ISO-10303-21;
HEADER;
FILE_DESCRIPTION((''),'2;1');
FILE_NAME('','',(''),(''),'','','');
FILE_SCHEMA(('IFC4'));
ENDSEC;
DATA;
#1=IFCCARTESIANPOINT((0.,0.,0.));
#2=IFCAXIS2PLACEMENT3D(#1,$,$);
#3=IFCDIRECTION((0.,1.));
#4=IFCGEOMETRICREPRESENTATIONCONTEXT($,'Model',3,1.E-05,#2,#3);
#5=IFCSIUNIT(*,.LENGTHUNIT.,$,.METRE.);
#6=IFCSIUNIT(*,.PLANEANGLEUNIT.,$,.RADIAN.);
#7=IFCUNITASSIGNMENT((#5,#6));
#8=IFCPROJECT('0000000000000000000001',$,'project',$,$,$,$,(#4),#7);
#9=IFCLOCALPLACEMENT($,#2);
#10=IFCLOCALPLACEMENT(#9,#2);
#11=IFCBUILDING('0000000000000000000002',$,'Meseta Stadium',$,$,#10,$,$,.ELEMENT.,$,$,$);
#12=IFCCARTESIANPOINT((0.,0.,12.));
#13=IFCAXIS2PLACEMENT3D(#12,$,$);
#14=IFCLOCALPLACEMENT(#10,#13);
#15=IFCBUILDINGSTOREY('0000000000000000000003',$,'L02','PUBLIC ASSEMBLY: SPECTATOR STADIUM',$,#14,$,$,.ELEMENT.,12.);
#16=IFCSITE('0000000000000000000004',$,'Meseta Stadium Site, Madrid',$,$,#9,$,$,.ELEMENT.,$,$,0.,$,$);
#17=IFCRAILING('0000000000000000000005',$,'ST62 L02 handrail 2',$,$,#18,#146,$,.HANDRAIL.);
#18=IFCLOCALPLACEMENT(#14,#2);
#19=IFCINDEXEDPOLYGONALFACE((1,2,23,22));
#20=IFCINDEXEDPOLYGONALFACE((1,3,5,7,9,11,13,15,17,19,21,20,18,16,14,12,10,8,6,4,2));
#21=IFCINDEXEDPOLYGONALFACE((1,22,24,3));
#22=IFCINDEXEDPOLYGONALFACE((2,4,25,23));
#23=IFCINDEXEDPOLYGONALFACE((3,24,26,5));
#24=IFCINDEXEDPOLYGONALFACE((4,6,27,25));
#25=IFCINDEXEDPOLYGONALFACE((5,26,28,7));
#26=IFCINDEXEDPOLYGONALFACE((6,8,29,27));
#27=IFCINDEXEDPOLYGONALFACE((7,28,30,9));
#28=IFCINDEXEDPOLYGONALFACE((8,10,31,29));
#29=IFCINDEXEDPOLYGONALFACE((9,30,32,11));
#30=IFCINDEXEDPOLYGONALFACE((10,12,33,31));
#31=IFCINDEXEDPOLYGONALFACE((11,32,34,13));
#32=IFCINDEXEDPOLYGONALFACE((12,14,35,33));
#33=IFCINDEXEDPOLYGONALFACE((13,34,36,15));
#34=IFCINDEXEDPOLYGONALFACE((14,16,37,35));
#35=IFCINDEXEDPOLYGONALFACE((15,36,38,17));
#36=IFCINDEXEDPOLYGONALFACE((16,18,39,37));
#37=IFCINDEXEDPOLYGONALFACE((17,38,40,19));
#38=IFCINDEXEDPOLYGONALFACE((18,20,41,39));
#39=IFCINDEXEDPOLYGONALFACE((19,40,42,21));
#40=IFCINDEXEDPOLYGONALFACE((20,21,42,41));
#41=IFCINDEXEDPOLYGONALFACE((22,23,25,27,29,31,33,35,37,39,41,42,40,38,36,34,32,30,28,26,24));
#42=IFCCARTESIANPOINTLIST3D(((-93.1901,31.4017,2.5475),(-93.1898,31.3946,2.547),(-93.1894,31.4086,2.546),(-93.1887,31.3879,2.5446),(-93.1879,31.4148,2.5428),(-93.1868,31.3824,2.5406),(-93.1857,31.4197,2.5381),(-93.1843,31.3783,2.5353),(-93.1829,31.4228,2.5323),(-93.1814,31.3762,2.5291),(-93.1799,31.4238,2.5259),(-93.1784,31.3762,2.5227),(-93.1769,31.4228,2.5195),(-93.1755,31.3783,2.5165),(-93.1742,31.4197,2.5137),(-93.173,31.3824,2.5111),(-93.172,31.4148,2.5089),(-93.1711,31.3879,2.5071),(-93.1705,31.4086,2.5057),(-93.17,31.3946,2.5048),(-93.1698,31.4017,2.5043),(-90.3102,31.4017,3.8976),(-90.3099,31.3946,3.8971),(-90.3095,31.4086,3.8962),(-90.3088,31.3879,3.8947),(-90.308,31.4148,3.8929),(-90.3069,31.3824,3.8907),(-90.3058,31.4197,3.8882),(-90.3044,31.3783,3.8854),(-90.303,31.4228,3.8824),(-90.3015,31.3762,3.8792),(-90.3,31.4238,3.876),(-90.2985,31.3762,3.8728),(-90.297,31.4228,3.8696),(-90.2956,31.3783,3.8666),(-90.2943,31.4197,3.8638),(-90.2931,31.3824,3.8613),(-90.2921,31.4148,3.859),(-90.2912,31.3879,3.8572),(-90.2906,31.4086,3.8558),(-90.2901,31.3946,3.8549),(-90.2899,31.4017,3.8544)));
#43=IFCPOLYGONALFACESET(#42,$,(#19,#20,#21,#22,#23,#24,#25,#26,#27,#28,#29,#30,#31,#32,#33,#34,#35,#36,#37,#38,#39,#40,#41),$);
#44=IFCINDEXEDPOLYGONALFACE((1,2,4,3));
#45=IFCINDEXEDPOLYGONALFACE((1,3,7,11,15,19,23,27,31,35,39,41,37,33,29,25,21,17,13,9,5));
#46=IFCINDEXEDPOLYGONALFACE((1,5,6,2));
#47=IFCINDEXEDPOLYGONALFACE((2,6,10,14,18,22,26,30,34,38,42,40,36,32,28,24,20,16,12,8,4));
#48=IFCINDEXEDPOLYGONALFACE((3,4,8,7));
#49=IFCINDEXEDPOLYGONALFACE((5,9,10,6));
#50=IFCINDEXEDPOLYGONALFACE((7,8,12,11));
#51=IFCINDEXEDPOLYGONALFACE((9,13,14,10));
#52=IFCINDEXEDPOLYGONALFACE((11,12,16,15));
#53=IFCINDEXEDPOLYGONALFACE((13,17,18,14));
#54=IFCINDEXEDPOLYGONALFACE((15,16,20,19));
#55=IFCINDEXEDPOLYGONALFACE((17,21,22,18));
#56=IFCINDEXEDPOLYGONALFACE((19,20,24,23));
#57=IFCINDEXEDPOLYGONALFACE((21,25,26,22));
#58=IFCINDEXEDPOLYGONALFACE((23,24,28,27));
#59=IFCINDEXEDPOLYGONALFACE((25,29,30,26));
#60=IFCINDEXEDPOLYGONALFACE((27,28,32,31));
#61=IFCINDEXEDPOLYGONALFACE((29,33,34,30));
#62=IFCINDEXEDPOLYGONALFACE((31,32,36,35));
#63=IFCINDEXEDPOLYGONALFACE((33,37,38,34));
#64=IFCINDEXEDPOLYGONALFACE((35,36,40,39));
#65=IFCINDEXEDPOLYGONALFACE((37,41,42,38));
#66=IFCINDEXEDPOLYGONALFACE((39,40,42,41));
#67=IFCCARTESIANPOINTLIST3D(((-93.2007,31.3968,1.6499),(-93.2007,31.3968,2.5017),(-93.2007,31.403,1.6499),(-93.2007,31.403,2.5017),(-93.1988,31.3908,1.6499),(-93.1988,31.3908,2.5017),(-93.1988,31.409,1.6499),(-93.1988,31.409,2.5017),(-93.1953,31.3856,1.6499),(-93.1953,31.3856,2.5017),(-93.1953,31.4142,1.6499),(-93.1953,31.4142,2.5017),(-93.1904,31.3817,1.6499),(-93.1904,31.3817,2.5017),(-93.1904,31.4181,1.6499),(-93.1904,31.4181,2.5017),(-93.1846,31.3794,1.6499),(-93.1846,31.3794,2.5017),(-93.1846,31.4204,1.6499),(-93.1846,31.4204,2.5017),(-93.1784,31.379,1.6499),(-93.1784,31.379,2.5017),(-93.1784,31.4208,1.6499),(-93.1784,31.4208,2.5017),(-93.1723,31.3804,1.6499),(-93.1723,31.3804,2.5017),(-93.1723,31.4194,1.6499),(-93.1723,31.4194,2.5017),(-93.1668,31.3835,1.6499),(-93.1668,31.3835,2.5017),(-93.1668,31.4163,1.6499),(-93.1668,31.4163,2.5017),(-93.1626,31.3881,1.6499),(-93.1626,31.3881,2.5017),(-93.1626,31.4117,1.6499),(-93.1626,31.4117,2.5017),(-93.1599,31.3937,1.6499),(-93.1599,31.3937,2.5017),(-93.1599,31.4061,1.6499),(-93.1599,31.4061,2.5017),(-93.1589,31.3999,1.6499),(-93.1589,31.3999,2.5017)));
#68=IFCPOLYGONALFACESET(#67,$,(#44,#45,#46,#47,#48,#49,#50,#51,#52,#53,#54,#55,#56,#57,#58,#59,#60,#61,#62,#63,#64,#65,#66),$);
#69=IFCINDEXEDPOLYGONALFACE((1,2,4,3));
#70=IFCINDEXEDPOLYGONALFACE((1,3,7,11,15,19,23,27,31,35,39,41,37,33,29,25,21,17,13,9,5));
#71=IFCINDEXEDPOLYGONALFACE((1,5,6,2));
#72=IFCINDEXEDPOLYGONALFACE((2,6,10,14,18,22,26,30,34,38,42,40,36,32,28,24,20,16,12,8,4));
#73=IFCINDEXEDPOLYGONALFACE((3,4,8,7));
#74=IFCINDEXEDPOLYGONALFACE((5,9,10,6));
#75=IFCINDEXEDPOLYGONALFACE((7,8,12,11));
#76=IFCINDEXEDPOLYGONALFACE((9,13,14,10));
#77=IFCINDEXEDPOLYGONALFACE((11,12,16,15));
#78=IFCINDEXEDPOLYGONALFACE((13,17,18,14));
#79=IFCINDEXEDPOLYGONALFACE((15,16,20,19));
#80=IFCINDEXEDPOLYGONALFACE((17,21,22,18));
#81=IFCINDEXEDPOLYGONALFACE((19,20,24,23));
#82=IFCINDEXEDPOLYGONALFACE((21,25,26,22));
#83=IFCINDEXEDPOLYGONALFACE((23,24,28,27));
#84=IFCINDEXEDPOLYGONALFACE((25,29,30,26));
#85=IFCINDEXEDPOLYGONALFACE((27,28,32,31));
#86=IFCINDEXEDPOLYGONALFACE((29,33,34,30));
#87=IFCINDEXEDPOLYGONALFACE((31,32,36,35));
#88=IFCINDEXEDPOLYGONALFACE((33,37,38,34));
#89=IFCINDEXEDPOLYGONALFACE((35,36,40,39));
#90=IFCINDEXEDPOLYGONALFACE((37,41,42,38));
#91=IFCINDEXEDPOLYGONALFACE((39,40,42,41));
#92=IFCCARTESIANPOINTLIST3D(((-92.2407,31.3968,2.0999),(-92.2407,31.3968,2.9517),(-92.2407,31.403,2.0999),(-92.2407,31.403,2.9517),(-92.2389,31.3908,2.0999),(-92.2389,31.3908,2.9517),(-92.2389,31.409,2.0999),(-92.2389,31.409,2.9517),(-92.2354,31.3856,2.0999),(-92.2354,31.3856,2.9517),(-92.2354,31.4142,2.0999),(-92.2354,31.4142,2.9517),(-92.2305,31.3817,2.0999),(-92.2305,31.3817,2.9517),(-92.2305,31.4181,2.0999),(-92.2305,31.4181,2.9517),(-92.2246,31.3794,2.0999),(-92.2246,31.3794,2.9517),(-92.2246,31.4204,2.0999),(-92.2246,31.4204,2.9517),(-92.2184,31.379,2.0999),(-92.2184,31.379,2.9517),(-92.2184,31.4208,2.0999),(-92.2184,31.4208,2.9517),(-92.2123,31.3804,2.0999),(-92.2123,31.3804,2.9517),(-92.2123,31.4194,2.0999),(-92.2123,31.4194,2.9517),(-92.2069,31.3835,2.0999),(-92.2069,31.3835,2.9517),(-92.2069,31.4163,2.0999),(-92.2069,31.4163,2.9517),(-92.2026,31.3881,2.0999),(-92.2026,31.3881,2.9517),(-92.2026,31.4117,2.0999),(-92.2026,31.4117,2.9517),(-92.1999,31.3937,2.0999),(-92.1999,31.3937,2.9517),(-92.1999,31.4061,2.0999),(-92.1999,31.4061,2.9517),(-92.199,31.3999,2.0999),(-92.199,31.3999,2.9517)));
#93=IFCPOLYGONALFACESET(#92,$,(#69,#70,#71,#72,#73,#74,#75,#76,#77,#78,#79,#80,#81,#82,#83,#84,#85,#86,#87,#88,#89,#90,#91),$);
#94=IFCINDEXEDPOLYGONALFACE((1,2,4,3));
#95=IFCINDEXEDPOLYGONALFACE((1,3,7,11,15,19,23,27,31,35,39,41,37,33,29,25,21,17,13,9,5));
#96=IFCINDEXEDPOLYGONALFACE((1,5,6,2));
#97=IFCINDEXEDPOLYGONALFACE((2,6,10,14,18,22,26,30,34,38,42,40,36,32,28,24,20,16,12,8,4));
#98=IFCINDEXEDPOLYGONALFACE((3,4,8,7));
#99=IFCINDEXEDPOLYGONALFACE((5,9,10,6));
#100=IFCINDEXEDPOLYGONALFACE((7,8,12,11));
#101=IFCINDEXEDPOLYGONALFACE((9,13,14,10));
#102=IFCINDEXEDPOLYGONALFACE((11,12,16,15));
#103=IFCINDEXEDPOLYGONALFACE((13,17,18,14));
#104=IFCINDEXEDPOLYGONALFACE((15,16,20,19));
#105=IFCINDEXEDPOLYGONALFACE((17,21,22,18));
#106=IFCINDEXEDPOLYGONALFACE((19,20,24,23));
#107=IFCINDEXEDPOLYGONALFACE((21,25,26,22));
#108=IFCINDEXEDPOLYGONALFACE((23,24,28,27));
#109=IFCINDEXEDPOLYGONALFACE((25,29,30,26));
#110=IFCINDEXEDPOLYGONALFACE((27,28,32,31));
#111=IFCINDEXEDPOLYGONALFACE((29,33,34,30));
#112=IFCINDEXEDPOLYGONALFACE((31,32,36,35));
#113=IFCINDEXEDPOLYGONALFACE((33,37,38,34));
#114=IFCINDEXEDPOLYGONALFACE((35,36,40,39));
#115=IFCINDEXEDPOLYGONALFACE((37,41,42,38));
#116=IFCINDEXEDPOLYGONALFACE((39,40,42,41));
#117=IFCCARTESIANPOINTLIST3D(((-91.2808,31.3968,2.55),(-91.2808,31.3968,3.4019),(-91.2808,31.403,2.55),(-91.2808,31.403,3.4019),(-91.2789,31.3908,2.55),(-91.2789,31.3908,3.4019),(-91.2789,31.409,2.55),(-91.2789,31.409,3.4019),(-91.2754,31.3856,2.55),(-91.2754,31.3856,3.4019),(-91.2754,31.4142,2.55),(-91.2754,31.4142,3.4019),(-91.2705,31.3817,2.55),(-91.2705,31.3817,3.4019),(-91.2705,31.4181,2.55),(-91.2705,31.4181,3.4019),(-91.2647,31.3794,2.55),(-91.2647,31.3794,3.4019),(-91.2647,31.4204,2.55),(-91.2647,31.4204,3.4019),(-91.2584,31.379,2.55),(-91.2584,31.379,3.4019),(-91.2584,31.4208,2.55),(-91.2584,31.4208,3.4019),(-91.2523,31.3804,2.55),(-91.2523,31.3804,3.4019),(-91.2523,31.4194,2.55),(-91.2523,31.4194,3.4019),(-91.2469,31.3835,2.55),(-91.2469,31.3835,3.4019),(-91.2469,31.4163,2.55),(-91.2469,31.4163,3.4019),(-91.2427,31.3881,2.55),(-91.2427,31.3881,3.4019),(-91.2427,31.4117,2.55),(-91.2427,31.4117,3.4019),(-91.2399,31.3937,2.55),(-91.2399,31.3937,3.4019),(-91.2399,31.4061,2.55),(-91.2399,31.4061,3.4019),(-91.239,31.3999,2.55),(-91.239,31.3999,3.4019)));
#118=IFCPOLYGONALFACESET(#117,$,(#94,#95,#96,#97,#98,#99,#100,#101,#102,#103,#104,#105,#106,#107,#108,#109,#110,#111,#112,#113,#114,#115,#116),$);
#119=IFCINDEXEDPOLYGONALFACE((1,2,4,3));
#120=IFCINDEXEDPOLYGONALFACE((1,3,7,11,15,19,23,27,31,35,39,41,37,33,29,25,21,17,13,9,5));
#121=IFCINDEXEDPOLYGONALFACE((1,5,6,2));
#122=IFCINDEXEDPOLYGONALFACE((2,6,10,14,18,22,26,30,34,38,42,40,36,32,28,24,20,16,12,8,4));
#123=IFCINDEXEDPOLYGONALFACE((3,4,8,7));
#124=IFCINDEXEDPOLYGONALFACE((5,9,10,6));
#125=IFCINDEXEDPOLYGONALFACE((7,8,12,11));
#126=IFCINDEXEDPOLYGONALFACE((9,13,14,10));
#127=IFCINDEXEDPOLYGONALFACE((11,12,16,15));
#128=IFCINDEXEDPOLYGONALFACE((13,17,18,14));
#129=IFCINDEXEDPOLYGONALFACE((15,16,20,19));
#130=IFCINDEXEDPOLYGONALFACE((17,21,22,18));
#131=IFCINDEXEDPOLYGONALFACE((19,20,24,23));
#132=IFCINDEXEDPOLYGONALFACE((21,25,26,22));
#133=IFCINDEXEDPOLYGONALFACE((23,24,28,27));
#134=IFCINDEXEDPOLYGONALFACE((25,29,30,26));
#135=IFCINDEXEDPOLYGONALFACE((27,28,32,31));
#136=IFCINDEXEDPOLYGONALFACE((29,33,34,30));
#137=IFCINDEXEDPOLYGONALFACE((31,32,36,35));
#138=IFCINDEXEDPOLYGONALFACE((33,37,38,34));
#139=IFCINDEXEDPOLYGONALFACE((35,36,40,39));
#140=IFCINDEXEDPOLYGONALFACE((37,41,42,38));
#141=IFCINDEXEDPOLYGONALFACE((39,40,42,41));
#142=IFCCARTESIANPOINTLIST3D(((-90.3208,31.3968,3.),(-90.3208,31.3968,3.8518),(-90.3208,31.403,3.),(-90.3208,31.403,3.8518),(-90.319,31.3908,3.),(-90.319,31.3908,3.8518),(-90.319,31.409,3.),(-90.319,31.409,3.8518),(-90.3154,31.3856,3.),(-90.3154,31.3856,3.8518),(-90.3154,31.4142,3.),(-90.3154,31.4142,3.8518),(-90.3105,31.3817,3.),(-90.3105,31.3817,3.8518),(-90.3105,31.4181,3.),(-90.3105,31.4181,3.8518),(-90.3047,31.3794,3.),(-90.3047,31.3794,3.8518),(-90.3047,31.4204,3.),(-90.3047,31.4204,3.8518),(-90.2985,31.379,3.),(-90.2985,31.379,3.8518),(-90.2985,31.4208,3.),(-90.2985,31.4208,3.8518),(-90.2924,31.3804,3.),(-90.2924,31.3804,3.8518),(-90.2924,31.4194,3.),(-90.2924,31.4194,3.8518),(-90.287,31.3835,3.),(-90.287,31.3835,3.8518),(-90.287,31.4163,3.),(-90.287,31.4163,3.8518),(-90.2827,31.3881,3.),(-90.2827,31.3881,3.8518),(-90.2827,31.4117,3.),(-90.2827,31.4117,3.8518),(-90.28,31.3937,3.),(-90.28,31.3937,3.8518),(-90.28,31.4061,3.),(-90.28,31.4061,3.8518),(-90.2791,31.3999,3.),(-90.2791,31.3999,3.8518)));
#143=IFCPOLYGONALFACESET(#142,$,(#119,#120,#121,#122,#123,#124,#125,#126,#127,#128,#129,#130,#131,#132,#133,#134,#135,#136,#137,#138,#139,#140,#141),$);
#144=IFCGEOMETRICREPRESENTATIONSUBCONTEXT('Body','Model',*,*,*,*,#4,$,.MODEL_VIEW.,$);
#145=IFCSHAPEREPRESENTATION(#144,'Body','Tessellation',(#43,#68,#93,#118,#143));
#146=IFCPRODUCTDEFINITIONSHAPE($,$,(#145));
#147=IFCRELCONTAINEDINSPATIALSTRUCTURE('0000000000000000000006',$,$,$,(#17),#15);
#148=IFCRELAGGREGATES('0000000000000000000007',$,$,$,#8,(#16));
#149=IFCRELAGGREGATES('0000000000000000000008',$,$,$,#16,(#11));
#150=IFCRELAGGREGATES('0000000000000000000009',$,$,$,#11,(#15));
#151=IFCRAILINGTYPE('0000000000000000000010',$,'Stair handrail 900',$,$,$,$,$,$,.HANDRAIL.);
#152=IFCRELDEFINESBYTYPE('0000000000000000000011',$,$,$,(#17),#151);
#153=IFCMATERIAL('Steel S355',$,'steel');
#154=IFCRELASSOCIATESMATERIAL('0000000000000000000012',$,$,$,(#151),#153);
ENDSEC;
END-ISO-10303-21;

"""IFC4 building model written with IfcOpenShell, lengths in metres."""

from ifc_helpers import new_model, si_unit, direction, frame, origin, origin_2d, place, context, subcontext, project, spatial, circle, extrude, material, type_object, element, save


model = new_model("IFC4")

# Units and contexts
model_context = context("Model", 3, precision=1e-05, world=origin(), true_north=direction((0.0, 1.0)))
body_context = subcontext(model_context, "Body", "Model", "MODEL_VIEW")
ifc_project = project(units=[si_unit("LENGTHUNIT", "METRE"), si_unit("PLANEANGLEUNIT", "RADIAN")], contexts=[model_context])

# Site, building, storey
site_placement = place(None, origin())
site = spatial("IfcSite", under=ifc_project, at=site_placement, Name="Meseta Stadium Site, Madrid", CompositionType="ELEMENT", RefElevation=0.0)
building_placement = place(site_placement, origin())
building = spatial("IfcBuilding", under=site, at=building_placement, Name="Meseta Stadium", CompositionType="ELEMENT")
storey_placement = place(building_placement, frame((0.0, 0.0, 12.0)))
storey = spatial("IfcBuildingStorey", under=building, at=storey_placement, Name="L02", Description="PUBLIC ASSEMBLY: SPECTATOR STADIUM", CompositionType="ELEMENT", Elevation=12.0)

# Railing
ifc_material_1 = material(Name="Steel S355", Category="steel")
railing_type_1 = type_object("IfcRailingType", Name="Stair handrail 900", PredefinedType="HANDRAIL", material=ifc_material_1)
for number, where, name in (
    (1, (-93.1799, 31.3999, 1.6499), "ST62 L02 handrail 2"),
):
    element("IfcRailing", number, at=place(storey_placement, frame(where)), inside=storey, type_object=railing_type_1, Name=name, PredefinedType="HANDRAIL", context=body_context, shape_type="SweptSolid", body=[
        extrude(circle(Radius=0.0239, at=origin_2d()), frame((0.0, 0.0, 0.876), z_axis=(0.90544, 0.0, 0.424473), x_axis=(0.0, 1.0, 0.0)), (0.0, 0.0, 1.0), 3.1807),
        extrude(circle(Radius=0.021, at=origin_2d()), origin(), (0.0, 0.0, 1.0), 0.8518),
        extrude(circle(Radius=0.021, at=origin_2d()), frame((0.96, 0.0, 0.45)), (0.0, 0.0, 1.0), 0.8518),
        extrude(circle(Radius=0.021, at=origin_2d()), frame((1.9199, 0.0, 0.9001)), (0.0, 0.0, 1.0), 0.8518),
        extrude(circle(Radius=0.021, at=origin_2d()), frame((2.8799, 0.0, 1.3501)), (0.0, 0.0, 1.0), 0.8518),
    ])

save(model, "model.ifc")
